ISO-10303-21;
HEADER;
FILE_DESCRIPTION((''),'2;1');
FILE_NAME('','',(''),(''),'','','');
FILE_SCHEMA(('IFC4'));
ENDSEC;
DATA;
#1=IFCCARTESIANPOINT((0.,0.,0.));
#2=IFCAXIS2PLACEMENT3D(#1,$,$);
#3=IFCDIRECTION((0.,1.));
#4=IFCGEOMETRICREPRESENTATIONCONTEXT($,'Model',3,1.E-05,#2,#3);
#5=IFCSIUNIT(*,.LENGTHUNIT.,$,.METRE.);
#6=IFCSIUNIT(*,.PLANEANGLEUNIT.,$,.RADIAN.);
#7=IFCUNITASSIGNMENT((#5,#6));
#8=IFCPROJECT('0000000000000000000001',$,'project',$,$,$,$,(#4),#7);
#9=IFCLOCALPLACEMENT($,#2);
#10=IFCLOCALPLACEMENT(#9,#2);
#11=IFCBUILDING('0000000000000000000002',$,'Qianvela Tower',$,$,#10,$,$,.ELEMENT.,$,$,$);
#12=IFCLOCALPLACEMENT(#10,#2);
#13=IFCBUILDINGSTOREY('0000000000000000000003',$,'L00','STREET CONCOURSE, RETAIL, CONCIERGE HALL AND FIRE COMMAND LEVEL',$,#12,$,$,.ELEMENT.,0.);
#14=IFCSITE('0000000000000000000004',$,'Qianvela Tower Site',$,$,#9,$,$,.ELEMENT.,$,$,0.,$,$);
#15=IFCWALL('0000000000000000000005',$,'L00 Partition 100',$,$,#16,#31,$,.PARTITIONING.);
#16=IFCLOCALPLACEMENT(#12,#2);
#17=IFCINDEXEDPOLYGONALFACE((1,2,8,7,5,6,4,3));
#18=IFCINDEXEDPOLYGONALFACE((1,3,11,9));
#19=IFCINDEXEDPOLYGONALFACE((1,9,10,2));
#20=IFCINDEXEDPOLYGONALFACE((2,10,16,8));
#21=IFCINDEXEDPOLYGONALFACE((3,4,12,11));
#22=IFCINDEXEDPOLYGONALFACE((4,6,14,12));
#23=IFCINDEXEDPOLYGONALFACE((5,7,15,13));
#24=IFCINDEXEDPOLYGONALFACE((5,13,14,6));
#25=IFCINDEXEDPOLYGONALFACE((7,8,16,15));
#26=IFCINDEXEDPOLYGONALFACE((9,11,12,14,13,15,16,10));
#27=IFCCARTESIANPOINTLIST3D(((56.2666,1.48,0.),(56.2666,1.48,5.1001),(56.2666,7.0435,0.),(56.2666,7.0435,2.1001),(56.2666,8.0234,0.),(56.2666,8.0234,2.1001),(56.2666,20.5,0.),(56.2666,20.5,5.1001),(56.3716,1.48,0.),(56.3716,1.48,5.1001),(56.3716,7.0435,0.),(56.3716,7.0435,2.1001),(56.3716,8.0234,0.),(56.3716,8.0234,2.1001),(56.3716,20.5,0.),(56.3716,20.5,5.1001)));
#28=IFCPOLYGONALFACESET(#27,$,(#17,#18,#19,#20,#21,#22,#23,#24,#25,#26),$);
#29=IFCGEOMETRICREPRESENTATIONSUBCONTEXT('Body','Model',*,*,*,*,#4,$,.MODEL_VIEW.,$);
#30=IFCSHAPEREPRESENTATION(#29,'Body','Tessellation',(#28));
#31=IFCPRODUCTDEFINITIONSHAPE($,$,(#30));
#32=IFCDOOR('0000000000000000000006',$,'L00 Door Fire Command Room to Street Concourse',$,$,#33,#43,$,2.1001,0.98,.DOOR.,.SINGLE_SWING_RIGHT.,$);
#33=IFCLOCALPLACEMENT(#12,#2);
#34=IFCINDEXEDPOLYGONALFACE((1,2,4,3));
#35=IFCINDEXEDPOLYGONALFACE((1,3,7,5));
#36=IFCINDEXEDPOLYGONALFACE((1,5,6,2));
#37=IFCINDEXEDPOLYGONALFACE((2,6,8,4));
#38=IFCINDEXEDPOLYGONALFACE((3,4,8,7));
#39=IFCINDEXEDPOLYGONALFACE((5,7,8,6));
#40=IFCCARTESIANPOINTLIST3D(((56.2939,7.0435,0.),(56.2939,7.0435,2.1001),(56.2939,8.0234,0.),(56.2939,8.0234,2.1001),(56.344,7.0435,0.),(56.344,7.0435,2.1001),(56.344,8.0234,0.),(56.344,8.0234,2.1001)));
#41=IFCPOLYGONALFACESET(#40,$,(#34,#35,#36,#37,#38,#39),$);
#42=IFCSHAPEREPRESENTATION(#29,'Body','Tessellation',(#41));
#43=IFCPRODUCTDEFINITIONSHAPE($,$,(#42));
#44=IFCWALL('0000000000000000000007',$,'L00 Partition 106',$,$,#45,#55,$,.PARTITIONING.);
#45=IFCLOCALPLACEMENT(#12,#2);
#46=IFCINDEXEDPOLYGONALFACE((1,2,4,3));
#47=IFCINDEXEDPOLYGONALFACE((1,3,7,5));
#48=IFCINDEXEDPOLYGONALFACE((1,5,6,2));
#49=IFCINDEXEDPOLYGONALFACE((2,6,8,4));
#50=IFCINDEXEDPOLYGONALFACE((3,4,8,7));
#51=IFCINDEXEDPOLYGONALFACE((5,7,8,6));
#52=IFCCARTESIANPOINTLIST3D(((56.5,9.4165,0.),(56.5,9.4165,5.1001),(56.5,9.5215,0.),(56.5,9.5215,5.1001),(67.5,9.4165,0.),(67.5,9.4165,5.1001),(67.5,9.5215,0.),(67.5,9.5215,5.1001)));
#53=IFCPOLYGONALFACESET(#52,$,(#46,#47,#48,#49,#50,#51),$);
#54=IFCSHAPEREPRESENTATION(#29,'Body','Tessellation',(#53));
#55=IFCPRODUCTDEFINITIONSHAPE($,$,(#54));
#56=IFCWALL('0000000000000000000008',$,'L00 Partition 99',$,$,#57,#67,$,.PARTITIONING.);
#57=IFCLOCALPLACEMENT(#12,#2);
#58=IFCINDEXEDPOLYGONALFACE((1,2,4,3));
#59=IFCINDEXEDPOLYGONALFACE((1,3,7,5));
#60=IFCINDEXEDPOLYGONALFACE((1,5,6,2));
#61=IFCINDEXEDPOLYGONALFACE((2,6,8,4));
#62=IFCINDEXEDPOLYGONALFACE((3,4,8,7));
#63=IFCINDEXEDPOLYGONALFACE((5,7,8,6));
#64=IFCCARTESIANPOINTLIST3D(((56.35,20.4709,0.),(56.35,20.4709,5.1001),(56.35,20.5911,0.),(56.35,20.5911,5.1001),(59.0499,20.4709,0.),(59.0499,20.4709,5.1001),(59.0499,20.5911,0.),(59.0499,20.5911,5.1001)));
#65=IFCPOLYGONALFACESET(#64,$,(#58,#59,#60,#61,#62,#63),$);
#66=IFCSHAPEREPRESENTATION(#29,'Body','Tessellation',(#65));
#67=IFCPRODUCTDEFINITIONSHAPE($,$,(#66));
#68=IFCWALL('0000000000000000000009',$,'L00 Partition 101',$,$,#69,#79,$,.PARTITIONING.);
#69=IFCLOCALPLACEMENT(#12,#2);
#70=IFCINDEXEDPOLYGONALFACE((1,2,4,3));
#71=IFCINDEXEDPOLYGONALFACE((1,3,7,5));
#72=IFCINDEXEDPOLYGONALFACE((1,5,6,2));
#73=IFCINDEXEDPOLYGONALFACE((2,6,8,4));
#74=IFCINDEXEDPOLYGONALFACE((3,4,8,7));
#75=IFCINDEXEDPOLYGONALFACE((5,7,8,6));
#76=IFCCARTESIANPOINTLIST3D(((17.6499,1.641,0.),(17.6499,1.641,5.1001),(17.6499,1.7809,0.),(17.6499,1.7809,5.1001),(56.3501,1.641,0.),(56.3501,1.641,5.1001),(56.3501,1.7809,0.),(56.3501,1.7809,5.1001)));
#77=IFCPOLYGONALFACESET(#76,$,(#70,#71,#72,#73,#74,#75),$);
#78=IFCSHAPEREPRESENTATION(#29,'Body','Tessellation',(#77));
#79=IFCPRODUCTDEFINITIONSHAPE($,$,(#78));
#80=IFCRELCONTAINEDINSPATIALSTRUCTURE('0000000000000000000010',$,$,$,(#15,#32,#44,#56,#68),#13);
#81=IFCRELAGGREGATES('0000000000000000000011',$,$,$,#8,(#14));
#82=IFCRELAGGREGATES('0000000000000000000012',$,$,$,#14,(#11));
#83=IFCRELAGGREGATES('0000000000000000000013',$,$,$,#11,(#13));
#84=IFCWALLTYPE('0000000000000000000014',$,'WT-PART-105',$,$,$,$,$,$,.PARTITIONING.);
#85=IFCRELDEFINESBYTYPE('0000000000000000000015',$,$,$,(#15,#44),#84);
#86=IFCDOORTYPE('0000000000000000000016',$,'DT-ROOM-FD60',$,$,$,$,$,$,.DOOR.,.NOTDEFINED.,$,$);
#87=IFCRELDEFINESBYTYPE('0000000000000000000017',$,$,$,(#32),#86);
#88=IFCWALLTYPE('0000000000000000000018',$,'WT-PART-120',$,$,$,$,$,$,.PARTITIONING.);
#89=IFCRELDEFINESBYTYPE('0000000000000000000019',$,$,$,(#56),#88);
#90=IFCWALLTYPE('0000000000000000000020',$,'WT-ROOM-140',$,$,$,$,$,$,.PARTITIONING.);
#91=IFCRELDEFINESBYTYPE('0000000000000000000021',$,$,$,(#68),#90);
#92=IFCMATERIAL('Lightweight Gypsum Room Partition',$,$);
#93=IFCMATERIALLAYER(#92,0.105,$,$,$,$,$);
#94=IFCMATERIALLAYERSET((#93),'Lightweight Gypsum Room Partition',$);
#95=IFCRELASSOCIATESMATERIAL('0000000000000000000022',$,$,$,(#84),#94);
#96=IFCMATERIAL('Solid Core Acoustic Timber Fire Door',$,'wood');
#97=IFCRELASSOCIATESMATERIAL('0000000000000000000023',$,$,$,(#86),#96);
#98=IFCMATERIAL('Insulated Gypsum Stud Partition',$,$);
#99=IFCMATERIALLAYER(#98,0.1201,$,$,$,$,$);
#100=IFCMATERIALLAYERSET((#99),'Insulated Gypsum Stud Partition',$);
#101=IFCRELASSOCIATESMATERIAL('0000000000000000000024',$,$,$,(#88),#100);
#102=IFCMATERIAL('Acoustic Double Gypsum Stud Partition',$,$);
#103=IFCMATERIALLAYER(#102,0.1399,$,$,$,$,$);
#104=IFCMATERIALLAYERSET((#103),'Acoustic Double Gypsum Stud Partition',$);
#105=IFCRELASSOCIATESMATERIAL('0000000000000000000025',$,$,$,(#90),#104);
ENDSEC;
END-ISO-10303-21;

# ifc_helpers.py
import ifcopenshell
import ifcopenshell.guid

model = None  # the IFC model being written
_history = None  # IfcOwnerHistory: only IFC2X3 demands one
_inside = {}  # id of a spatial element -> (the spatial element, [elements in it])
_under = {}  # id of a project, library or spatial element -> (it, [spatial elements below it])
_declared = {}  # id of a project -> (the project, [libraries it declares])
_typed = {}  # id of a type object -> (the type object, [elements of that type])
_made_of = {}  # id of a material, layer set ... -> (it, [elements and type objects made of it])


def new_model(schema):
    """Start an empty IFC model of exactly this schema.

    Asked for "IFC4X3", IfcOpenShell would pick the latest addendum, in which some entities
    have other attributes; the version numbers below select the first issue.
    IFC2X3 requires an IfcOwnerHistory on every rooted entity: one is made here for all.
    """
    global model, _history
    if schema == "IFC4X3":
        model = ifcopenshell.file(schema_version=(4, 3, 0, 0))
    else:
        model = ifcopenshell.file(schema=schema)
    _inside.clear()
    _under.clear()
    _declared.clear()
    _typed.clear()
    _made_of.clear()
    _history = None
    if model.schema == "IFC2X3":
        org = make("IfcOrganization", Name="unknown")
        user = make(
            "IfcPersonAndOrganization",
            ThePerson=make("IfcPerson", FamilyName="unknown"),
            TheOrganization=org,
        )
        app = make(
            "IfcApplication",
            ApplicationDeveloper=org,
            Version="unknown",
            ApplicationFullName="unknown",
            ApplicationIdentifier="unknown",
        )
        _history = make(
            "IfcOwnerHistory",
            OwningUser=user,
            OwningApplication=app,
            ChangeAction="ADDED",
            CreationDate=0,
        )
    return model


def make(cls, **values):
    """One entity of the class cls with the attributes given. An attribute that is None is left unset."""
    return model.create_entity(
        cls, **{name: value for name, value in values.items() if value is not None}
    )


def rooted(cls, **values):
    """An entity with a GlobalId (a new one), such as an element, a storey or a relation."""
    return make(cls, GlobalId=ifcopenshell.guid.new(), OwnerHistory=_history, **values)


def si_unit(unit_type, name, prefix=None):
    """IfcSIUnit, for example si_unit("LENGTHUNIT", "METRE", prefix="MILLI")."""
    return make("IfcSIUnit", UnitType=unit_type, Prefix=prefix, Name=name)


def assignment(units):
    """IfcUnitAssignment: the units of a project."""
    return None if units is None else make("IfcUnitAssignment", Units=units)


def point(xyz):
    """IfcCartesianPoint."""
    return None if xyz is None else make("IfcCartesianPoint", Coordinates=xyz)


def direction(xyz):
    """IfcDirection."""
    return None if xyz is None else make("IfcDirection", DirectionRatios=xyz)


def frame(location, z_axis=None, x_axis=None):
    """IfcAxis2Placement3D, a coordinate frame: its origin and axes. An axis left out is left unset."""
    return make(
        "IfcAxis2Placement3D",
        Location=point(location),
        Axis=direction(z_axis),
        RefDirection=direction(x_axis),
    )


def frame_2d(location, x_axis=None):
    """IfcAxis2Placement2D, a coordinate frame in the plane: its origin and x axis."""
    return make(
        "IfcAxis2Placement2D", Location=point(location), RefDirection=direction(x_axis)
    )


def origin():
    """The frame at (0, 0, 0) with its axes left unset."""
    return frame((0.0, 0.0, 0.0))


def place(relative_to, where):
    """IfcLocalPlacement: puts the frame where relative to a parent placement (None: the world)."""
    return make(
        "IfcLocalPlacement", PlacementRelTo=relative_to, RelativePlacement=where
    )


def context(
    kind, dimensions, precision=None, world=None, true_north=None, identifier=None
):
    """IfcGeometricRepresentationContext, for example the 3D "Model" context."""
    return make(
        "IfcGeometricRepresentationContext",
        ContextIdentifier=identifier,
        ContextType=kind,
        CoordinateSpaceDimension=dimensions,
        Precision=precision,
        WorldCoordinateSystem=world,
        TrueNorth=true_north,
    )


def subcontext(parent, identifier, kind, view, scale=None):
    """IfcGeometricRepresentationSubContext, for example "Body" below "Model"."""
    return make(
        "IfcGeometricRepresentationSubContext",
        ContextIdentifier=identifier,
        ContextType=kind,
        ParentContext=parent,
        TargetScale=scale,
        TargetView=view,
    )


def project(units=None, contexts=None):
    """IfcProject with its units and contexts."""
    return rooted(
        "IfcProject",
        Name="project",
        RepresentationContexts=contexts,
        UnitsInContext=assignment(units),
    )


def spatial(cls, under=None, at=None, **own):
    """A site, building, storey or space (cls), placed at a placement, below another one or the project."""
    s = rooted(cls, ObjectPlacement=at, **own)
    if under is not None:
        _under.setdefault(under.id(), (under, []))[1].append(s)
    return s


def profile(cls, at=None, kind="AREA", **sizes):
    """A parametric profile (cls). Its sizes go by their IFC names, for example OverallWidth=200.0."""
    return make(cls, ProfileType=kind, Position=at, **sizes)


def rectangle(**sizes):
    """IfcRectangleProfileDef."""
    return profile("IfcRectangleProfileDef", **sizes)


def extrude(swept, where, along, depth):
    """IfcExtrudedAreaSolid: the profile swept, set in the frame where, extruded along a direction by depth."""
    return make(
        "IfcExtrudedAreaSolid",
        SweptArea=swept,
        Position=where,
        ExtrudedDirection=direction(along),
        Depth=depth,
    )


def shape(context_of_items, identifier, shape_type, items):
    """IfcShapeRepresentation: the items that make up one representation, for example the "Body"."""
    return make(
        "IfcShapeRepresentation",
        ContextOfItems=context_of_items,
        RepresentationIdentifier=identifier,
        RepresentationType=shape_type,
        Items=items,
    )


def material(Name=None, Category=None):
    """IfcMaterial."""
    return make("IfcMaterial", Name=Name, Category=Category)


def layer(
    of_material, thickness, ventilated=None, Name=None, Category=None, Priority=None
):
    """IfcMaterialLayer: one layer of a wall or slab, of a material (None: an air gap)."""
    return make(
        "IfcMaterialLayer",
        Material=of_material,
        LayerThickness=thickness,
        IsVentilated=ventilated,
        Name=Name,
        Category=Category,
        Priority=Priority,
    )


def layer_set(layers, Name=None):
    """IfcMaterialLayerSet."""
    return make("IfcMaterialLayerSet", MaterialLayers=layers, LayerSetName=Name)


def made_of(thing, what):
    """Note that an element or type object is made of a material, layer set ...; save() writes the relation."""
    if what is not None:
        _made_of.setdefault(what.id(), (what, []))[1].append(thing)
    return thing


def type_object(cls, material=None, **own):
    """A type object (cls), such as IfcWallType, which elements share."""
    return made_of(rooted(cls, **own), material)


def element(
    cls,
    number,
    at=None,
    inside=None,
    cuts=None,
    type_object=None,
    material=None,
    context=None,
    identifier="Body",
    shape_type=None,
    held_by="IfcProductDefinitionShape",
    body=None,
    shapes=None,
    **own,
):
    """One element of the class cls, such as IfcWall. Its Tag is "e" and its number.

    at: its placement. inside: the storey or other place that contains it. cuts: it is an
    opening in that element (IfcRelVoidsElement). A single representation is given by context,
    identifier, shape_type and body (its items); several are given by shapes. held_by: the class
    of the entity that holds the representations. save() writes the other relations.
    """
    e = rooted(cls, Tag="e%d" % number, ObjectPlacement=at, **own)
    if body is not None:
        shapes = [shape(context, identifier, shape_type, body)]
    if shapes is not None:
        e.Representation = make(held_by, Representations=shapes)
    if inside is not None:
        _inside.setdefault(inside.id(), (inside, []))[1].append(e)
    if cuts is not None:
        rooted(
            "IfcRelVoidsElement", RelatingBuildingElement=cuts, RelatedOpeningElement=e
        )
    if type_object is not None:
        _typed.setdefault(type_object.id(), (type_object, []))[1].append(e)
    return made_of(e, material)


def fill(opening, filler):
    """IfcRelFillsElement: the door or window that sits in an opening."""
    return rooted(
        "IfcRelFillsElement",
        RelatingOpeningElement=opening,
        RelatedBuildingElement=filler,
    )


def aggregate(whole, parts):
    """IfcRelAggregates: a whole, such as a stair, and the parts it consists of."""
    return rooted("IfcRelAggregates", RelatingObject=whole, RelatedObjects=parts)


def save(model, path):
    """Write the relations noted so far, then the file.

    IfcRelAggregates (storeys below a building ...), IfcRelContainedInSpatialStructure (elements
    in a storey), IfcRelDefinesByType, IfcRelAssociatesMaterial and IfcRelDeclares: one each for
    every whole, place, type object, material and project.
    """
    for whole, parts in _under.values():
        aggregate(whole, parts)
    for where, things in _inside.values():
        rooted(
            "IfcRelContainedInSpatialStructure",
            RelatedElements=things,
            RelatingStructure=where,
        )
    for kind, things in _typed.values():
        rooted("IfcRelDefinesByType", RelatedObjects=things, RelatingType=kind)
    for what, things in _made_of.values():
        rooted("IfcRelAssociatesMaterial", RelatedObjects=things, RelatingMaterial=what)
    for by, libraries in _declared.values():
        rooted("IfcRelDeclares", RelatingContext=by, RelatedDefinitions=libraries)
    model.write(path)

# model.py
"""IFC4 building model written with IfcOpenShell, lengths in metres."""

from ifc_helpers import new_model, si_unit, direction, frame, frame_2d, origin, place, context, subcontext, project, spatial, rectangle, extrude, material, layer, layer_set, type_object, element, fill, save


model = new_model("IFC4")

# Units and contexts
model_context = context("Model", 3, precision=1e-05, world=origin(), true_north=direction((0.0, 1.0)))
body_context = subcontext(model_context, "Body", "Model", "MODEL_VIEW")
ifc_project = project(units=[si_unit("LENGTHUNIT", "METRE"), si_unit("PLANEANGLEUNIT", "RADIAN")], contexts=[model_context])

# Site, building, storey
site_placement = place(None, origin())
site = spatial("IfcSite", under=ifc_project, at=site_placement, Name="Qianvela Tower Site", CompositionType="ELEMENT", RefElevation=0.0)
building_placement = place(site_placement, origin())
building = spatial("IfcBuilding", under=site, at=building_placement, Name="Qianvela Tower", CompositionType="ELEMENT")
storey_placement = place(building_placement, origin())
storey = spatial("IfcBuildingStorey", under=building, at=storey_placement, Name="L00", Description="STREET CONCOURSE, RETAIL, CONCIERGE HALL AND FIRE COMMAND LEVEL", CompositionType="ELEMENT", Elevation=0.0)

# Wall, opening, door
ifc_material_1 = material(Name="Lightweight Gypsum Room Partition")
ifc_layer_1 = layer(ifc_material_1, 0.105)
ifc_layer_set_1 = layer_set([ifc_layer_1], Name="Lightweight Gypsum Room Partition")
wall_type_1 = type_object("IfcWallType", Name="WT-PART-105", PredefinedType="PARTITIONING", material=ifc_layer_set_1)
wall_1_placement = place(storey_placement, frame((56.3191, 20.5, 0.0), z_axis=(0.0, 0.0, 1.0), x_axis=(0.0, -1.0, 0.0)))
wall_1 = element("IfcWall", 1, at=wall_1_placement, inside=storey, type_object=wall_type_1, Name="L00 Partition 100", PredefinedType="PARTITIONING", context=body_context, shape_type="SweptSolid", body=[
    extrude(rectangle(XDim=19.02, YDim=0.105, at=frame_2d((9.51, 0.0))), origin(), (0.0, 0.0, 1.0), 5.1001),
])
opening_placement = place(wall_1_placement, frame((12.4766, 0.0, 0.0)))
opening = element("IfcOpeningElement", 2, at=opening_placement, cuts=wall_1, PredefinedType="OPENING", context=body_context, shape_type="SweptSolid", body=[
    extrude(rectangle(XDim=0.98, YDim=2.1001, at=frame_2d((0.49, 1.05))), frame((0.0, 0.0625, 0.0), z_axis=(0.0, -1.0, 0.0), x_axis=(1.0, 0.0, 0.0)), (0.0, 0.0, 1.0), 0.125),
])
ifc_material_2 = material(Name="Solid Core Acoustic Timber Fire Door", Category="wood")
door_type = type_object("IfcDoorType", Name="DT-ROOM-FD60", OperationType="NOTDEFINED", PredefinedType="DOOR", material=ifc_material_2)
door_placement = place(opening_placement, origin())
door = element("IfcDoor", 3, at=door_placement, inside=storey, type_object=door_type, Name="L00 Door Fire Command Room to Street Concourse", OperationType="SINGLE_SWING_RIGHT", OverallHeight=2.1001, OverallWidth=0.98, PredefinedType="DOOR", context=body_context, shape_type="SweptSolid", body=[
    extrude(rectangle(XDim=0.98, YDim=2.1001, at=frame_2d((0.49, 1.05))), frame((0.0, 0.0249, 0.0), z_axis=(0.0, -1.0, 0.0), x_axis=(1.0, 0.0, 0.0)), (0.0, 0.0, 1.0), 0.05),
])
fill(opening, door)

# Walls
wall_2_placement = place(storey_placement, frame((56.5, 9.469, 0.0), z_axis=(0.0, 0.0, 1.0), x_axis=(1.0, 0.0, 0.0)))
element("IfcWall", 4, at=wall_2_placement, inside=storey, type_object=wall_type_1, Name="L00 Partition 106", PredefinedType="PARTITIONING", context=body_context, shape_type="SweptSolid", body=[
    extrude(rectangle(XDim=11.0, YDim=0.105, at=frame_2d((5.5, 0.0))), origin(), (0.0, 0.0, 1.0), 5.1001),
])
ifc_material_3 = material(Name="Insulated Gypsum Stud Partition")
ifc_layer_2 = layer(ifc_material_3, 0.1201)
ifc_layer_set_2 = layer_set([ifc_layer_2], Name="Insulated Gypsum Stud Partition")
wall_type_2 = type_object("IfcWallType", Name="WT-PART-120", PredefinedType="PARTITIONING", material=ifc_layer_set_2)
wall_3_placement = place(storey_placement, frame((59.05, 20.531, 0.0), z_axis=(0.0, 0.0, 1.0), x_axis=(-1.0, 0.0, 0.0)))
element("IfcWall", 5, at=wall_3_placement, inside=storey, type_object=wall_type_2, Name="L00 Partition 99", PredefinedType="PARTITIONING", context=body_context, shape_type="SweptSolid", body=[
    extrude(rectangle(XDim=2.7, YDim=0.1201, at=frame_2d((1.3501, 0.0))), origin(), (0.0, 0.0, 1.0), 5.1001),
])
ifc_material_4 = material(Name="Acoustic Double Gypsum Stud Partition")
ifc_layer_3 = layer(ifc_material_4, 0.1399)
ifc_layer_set_3 = layer_set([ifc_layer_3], Name="Acoustic Double Gypsum Stud Partition")
wall_type_3 = type_object("IfcWallType", Name="WT-ROOM-140", PredefinedType="PARTITIONING", material=ifc_layer_set_3)
wall_4_placement = place(storey_placement, frame((56.3501, 1.7109, 0.0), z_axis=(0.0, 0.0, 1.0), x_axis=(-1.0, 0.0, 0.0)))
element("IfcWall", 6, at=wall_4_placement, inside=storey, type_object=wall_type_3, Name="L00 Partition 101", PredefinedType="PARTITIONING", context=body_context, shape_type="SweptSolid", body=[
    extrude(rectangle(XDim=38.7002, YDim=0.1399, at=frame_2d((19.3501, 0.0))), origin(), (0.0, 0.0, 1.0), 5.1001),
])

save(model, "model.ifc")
